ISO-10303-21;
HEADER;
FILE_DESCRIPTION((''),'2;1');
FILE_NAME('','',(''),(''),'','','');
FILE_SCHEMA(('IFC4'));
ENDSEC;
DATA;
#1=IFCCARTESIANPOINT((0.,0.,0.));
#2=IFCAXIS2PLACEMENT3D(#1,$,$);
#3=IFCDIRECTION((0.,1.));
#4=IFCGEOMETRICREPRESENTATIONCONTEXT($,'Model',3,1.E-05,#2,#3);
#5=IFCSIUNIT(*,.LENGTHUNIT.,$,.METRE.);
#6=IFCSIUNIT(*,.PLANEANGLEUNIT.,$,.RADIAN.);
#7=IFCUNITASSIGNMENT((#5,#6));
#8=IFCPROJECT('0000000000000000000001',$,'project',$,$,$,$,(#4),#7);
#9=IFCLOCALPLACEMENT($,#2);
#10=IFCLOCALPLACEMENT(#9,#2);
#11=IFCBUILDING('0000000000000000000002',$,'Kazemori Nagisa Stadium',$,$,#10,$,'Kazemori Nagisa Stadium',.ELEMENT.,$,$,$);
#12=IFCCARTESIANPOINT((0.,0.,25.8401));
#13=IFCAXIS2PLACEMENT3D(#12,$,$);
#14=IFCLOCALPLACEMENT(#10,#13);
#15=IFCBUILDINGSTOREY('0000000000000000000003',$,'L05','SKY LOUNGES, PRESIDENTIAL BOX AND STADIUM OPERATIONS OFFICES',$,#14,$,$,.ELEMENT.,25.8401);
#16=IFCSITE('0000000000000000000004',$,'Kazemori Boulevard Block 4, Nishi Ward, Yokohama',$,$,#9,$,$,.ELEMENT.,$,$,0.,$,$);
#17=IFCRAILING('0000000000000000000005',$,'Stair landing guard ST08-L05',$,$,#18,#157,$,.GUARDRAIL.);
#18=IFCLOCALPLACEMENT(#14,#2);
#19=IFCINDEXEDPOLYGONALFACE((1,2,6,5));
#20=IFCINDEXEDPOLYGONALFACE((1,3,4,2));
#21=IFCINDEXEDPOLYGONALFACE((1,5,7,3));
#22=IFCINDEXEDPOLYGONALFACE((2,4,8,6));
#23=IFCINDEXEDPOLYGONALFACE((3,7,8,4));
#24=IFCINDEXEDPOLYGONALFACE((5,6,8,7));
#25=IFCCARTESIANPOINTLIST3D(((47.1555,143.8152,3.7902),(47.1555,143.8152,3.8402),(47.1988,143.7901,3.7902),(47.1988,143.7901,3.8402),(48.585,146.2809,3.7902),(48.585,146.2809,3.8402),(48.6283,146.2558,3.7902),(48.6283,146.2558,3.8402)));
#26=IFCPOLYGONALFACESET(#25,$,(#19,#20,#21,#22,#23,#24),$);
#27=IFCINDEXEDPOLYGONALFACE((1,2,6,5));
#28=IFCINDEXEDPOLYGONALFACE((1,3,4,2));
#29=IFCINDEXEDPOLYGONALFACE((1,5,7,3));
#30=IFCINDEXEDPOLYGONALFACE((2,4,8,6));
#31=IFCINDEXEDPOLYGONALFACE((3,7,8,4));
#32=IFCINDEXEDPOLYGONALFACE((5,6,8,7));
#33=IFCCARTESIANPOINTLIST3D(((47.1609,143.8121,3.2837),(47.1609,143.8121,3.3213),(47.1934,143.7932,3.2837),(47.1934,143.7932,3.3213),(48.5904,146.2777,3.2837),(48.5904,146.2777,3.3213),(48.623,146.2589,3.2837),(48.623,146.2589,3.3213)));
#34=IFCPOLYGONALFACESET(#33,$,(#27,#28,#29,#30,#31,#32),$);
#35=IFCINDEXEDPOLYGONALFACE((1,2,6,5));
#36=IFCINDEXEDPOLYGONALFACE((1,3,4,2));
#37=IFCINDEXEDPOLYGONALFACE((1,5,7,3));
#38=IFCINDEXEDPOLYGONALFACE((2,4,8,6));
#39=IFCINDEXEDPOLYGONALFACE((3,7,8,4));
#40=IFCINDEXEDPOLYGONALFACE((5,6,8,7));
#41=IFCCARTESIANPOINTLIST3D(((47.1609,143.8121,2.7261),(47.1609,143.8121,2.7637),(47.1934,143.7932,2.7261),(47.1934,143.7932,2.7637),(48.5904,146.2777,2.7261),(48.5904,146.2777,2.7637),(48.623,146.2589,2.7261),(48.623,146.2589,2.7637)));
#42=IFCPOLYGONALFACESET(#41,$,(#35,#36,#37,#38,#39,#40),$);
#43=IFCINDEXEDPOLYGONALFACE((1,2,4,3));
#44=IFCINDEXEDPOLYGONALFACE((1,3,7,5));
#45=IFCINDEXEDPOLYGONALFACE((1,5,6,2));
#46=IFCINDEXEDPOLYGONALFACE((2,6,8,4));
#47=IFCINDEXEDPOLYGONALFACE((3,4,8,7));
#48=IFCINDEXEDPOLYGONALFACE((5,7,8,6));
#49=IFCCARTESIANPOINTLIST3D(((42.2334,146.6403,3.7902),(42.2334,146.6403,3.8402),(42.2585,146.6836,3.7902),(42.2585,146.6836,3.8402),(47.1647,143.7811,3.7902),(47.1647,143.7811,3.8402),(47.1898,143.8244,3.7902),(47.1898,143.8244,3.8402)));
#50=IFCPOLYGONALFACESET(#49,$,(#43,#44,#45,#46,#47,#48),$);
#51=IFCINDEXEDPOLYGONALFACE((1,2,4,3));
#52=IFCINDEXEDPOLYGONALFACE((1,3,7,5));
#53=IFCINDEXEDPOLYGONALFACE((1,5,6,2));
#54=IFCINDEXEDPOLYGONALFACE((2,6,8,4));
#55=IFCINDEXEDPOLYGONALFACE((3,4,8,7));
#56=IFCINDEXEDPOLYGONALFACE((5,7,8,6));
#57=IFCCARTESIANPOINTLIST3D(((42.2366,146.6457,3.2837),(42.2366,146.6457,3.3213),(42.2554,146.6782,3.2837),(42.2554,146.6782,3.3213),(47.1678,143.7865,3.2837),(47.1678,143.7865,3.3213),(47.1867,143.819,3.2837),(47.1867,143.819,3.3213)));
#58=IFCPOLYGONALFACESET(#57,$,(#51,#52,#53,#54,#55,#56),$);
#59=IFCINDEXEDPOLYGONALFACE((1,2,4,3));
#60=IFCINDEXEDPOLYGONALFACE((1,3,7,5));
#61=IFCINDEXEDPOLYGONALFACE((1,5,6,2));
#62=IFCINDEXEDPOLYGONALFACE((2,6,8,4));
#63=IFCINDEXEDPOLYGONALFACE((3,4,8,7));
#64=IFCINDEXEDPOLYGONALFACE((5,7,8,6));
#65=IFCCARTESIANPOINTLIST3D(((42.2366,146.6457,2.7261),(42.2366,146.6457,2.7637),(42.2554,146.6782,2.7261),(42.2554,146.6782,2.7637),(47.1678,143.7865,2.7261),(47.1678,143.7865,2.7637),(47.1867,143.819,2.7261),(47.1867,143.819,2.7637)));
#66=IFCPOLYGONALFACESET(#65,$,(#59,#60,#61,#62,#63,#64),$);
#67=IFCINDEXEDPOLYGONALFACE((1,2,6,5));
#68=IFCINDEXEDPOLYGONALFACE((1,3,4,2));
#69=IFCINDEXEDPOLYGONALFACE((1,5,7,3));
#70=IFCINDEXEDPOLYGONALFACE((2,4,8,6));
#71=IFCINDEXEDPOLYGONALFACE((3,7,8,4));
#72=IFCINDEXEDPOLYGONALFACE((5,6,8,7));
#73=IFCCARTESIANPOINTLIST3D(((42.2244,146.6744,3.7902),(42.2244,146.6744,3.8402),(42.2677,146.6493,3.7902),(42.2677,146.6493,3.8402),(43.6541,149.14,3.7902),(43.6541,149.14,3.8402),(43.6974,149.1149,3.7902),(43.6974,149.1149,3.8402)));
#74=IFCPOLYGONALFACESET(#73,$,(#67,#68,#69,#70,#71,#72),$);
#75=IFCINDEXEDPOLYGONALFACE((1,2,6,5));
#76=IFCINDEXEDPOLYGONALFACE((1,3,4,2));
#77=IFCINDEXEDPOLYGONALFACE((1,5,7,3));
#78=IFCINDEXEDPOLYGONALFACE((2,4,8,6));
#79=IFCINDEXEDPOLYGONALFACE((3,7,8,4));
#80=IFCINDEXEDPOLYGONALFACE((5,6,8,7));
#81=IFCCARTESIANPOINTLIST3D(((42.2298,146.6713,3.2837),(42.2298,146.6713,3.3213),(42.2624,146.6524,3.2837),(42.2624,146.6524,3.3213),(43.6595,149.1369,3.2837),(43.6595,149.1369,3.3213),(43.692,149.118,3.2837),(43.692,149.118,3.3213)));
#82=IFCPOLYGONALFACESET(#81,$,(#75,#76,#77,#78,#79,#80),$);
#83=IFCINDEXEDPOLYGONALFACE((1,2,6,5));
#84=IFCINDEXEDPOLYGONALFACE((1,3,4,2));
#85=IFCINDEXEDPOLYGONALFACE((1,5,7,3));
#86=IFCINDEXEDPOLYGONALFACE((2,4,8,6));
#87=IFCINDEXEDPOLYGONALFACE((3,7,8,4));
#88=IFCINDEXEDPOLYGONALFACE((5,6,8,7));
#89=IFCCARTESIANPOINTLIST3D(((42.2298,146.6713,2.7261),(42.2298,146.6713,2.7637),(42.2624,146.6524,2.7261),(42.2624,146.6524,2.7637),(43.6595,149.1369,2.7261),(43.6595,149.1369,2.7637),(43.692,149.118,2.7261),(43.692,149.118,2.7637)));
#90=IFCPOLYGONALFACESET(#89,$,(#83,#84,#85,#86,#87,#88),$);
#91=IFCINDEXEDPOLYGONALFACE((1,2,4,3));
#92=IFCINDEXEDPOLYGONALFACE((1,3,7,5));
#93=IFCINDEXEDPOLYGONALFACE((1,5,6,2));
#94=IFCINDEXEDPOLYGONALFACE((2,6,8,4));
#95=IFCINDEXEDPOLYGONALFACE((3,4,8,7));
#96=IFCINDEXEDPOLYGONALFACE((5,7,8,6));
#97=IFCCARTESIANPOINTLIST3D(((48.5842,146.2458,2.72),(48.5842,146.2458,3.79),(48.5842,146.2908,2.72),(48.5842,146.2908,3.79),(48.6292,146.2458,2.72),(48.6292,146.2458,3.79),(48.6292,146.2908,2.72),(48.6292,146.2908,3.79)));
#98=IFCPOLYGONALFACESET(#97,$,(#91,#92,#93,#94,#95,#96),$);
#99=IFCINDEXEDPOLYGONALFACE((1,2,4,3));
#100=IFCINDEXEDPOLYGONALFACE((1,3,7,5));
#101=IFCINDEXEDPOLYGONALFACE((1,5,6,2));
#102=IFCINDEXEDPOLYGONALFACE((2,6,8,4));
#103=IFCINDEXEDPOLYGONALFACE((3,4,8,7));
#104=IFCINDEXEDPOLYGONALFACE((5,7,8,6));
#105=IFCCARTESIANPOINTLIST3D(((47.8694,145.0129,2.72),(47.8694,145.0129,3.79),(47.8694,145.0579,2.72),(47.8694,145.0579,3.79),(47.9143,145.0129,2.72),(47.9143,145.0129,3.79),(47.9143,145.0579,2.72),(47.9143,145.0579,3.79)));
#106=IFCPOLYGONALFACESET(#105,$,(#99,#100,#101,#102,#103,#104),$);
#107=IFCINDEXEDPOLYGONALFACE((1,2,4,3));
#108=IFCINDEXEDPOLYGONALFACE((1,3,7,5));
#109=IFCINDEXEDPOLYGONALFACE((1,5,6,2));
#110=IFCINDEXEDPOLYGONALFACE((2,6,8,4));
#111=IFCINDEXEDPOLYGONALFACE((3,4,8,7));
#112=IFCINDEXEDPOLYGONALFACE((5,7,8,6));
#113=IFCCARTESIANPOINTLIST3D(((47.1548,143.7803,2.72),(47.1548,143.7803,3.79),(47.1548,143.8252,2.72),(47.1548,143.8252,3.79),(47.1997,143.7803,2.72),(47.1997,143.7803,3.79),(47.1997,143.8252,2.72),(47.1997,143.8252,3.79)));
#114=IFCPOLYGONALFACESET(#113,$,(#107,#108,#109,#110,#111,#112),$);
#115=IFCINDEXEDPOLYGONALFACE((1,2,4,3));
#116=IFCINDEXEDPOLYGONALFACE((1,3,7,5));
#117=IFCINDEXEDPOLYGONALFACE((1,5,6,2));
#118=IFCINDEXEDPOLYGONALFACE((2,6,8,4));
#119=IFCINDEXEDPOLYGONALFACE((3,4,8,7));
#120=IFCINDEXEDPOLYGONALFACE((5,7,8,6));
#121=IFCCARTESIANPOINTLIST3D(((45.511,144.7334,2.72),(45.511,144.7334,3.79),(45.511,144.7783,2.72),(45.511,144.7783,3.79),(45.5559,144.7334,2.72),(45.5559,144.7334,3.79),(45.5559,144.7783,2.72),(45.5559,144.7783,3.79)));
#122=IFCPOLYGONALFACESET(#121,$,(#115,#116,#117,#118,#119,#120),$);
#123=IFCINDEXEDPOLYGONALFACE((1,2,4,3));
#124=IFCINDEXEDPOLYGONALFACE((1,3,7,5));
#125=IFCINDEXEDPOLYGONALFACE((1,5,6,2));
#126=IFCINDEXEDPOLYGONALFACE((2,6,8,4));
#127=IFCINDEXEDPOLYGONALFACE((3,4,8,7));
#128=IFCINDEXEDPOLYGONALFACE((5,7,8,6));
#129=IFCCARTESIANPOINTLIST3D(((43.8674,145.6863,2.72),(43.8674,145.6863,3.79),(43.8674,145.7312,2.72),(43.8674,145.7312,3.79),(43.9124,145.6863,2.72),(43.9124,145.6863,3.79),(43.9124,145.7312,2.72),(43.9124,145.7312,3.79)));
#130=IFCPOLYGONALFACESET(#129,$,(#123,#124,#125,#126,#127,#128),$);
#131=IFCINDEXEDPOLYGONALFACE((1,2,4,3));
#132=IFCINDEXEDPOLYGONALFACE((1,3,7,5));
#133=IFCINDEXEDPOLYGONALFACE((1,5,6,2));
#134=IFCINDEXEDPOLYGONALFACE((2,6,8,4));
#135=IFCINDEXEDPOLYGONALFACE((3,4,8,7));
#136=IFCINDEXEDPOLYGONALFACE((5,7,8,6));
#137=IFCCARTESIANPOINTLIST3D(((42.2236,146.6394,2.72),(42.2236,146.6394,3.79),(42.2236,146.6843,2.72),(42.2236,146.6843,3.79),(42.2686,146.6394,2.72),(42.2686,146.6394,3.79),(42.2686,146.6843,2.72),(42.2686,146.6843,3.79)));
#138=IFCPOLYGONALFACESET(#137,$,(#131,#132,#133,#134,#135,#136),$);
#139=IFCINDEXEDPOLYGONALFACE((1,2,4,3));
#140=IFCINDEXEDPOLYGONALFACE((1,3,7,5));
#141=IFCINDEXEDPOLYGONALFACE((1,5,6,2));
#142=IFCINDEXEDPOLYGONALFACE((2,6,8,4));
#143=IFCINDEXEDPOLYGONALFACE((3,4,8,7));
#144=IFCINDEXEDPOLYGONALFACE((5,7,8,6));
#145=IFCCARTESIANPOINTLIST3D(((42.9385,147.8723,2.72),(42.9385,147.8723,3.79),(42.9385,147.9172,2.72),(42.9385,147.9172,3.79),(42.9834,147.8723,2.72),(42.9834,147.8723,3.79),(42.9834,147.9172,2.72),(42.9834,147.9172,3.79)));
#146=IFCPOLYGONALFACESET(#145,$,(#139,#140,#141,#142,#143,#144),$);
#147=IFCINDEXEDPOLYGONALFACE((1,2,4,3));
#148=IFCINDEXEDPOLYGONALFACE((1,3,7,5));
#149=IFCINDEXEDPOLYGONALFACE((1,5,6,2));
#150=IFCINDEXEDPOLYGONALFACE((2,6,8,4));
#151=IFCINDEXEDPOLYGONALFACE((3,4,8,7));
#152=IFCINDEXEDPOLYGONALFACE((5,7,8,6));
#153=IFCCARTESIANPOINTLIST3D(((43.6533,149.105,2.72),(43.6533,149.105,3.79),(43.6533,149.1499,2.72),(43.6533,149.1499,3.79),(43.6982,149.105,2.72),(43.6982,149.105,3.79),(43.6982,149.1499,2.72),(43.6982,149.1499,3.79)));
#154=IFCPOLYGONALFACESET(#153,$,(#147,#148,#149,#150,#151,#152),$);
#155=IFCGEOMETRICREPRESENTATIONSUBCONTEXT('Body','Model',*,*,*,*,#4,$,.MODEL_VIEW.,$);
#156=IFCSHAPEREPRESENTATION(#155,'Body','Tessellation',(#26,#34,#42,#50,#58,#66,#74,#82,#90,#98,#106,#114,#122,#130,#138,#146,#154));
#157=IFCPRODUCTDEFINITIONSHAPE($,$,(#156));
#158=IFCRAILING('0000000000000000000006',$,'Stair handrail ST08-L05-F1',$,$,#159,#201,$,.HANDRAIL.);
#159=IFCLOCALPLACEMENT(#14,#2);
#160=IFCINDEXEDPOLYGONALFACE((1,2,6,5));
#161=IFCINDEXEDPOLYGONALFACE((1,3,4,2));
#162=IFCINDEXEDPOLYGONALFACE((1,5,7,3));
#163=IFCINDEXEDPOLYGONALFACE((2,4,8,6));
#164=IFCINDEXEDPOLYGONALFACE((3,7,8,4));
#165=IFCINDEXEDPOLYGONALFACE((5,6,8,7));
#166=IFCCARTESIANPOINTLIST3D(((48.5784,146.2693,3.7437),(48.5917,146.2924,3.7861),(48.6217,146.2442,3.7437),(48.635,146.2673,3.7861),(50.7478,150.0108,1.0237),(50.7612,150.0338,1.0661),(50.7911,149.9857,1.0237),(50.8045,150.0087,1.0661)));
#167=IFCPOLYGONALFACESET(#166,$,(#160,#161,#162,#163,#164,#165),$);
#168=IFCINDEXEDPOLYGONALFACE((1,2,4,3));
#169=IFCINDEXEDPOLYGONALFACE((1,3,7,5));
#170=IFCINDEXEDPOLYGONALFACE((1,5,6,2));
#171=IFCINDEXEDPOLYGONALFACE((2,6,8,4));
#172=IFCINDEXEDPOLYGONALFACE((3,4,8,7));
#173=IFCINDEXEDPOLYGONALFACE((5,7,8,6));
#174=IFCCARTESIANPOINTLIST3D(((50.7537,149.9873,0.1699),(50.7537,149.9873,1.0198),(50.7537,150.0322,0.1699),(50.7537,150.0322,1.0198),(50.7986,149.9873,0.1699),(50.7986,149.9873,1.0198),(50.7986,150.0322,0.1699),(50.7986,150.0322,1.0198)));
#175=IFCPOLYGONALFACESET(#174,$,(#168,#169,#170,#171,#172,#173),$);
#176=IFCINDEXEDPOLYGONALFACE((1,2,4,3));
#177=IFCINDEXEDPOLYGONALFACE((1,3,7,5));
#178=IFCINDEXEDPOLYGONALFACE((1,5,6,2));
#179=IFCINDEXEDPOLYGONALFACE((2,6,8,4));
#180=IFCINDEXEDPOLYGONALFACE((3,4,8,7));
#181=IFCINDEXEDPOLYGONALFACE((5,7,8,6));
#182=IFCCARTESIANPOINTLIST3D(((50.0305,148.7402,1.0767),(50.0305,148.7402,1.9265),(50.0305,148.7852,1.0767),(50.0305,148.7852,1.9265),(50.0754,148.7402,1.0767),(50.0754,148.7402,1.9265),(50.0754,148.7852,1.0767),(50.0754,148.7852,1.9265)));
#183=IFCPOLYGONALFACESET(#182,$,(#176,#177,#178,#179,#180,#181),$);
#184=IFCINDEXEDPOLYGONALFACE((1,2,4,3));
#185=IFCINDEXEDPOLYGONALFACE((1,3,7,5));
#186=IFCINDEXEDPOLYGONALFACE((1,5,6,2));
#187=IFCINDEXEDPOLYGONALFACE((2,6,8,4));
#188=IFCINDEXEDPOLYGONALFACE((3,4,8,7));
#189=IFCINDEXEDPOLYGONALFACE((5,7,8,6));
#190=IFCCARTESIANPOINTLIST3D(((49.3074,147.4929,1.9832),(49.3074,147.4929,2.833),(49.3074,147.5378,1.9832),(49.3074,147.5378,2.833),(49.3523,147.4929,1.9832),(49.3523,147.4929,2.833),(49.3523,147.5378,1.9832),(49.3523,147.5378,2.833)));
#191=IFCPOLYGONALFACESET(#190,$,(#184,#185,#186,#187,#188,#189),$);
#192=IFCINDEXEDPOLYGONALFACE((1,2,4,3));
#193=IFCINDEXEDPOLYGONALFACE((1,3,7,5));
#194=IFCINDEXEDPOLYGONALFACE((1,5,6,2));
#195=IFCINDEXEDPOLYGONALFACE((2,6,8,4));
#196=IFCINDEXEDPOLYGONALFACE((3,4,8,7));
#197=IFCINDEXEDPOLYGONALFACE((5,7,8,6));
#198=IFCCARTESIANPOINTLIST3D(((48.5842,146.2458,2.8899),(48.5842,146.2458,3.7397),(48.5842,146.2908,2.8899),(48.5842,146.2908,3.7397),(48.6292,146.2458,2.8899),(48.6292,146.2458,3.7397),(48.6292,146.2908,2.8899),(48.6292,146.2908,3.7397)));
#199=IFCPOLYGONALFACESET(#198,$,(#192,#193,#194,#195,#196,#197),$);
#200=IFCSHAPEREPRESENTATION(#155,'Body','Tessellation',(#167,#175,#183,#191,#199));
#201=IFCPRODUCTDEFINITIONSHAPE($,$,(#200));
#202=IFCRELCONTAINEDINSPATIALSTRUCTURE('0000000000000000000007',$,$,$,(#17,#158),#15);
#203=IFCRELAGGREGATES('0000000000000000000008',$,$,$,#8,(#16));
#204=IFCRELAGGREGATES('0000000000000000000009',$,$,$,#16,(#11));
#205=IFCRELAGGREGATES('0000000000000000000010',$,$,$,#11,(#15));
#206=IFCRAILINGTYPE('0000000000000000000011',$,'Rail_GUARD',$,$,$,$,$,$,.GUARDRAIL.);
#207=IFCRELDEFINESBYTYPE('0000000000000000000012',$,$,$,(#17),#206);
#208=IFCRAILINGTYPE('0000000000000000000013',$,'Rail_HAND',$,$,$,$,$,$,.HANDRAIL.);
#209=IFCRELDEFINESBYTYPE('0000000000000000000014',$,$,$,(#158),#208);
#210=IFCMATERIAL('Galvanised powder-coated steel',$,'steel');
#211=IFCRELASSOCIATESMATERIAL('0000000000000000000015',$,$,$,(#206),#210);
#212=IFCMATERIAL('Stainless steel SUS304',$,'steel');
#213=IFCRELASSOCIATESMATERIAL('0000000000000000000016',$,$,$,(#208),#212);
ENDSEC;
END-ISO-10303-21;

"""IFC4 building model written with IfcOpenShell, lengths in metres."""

from ifc_helpers import new_model, si_unit, direction, frame, origin, origin_2d, place, context, subcontext, project, spatial, rectangle, extrude, material, type_object, element, save


model = new_model("IFC4")

# Units and contexts
model_context = context("Model", 3, precision=1e-05, world=origin(), true_north=direction((0.0, 1.0)))
body_context = subcontext(model_context, "Body", "Model", "MODEL_VIEW")
ifc_project = project(units=[si_unit("LENGTHUNIT", "METRE"), si_unit("PLANEANGLEUNIT", "RADIAN")], contexts=[model_context])

# Site, building, storey
site_placement = place(None, origin())
site = spatial("IfcSite", under=ifc_project, at=site_placement, Name="Kazemori Boulevard Block 4, Nishi Ward, Yokohama", CompositionType="ELEMENT", RefElevation=0.0)
building_placement = place(site_placement, origin())
building = spatial("IfcBuilding", under=site, at=building_placement, Name="Kazemori Nagisa Stadium", LongName="Kazemori Nagisa Stadium", CompositionType="ELEMENT")
storey_placement = place(building_placement, frame((0.0, 0.0, 25.8401)))
storey = spatial("IfcBuildingStorey", under=building, at=storey_placement, Name="L05", Description="SKY LOUNGES, PRESIDENTIAL BOX AND STADIUM OPERATIONS OFFICES", CompositionType="ELEMENT", Elevation=25.8401)

# Railings
ifc_material_1 = material(Name="Galvanised powder-coated steel", Category="steel")
railing_type_1 = type_object("IfcRailingType", Name="Rail_GUARD", PredefinedType="GUARDRAIL", material=ifc_material_1)
railing_1_placement = place(storey_placement, frame((48.6067, 146.2683, 2.72)))
element("IfcRailing", 1, at=railing_1_placement, inside=storey, type_object=railing_type_1, Name="Stair landing guard ST08-L05", PredefinedType="GUARDRAIL", context=body_context, shape_type="SweptSolid", body=[
    extrude(rectangle(XDim=0.05, YDim=0.05, at=origin_2d()), frame((0.0, 0.0, 1.0952), z_axis=(-0.501563, -0.865121, 0.0), x_axis=(0.865121, -0.501563, 0.0)), (0.0, 0.0, 1.0), 2.8501),
    extrude(rectangle(XDim=0.0376, YDim=0.0376, at=origin_2d()), frame((0.0, 0.0, 0.5825), z_axis=(-0.501563, -0.865121, 0.0), x_axis=(0.865121, -0.501563, 0.0)), (0.0, 0.0, 1.0), 2.8501),
    extrude(rectangle(XDim=0.0376, YDim=0.0376, at=origin_2d()), frame((0.0, 0.0, 0.0249), z_axis=(-0.501563, -0.865121, 0.0), x_axis=(0.865121, -0.501563, 0.0)), (0.0, 0.0, 1.0), 2.8501),
    extrude(rectangle(XDim=0.05, YDim=0.05, at=origin_2d()), frame((-1.4294, -2.4656, 1.0952), z_axis=(-0.865103, 0.501595, 0.0), x_axis=(-0.501595, -0.865103, 0.0)), (0.0, 0.0, 1.0), 5.7002),
    extrude(rectangle(XDim=0.0376, YDim=0.0376, at=origin_2d()), frame((-1.4294, -2.4656, 0.5825), z_axis=(-0.865103, 0.501595, 0.0), x_axis=(-0.501595, -0.865103, 0.0)), (0.0, 0.0, 1.0), 5.7002),
    extrude(rectangle(XDim=0.0376, YDim=0.0376, at=origin_2d()), frame((-1.4294, -2.4656, 0.0249), z_axis=(-0.865103, 0.501595, 0.0), x_axis=(-0.501595, -0.865103, 0.0)), (0.0, 0.0, 1.0), 5.7002),
    extrude(rectangle(XDim=0.05, YDim=0.05, at=origin_2d()), frame((-6.3606, 0.3936, 1.0952), z_axis=(0.501627, 0.865084, 0.0), x_axis=(-0.865084, 0.501627, 0.0)), (0.0, 0.0, 1.0), 2.8501),
    extrude(rectangle(XDim=0.0376, YDim=0.0376, at=origin_2d()), frame((-6.3606, 0.3936, 0.5825), z_axis=(0.501627, 0.865084, 0.0), x_axis=(-0.865084, 0.501627, 0.0)), (0.0, 0.0, 1.0), 2.8501),
    extrude(rectangle(XDim=0.0376, YDim=0.0376, at=origin_2d()), frame((-6.3606, 0.3936, 0.0249), z_axis=(0.501627, 0.865084, 0.0), x_axis=(-0.865084, 0.501627, 0.0)), (0.0, 0.0, 1.0), 2.8501),
    extrude(rectangle(XDim=0.0449, YDim=0.0449, at=origin_2d()), origin(), (0.0, 0.0, 1.0), 1.0701),
    extrude(rectangle(XDim=0.0449, YDim=0.0449, at=origin_2d()), frame((-0.7148, -1.2329, 0.0)), (0.0, 0.0, 1.0), 1.0701),
    extrude(rectangle(XDim=0.0449, YDim=0.0449, at=origin_2d()), frame((-1.4294, -2.4656, 0.0)), (0.0, 0.0, 1.0), 1.0701),
    extrude(rectangle(XDim=0.0449, YDim=0.0449, at=origin_2d()), frame((-3.0732, -1.5125, 0.0)), (0.0, 0.0, 1.0), 1.0701),
    extrude(rectangle(XDim=0.0449, YDim=0.0449, at=origin_2d()), frame((-4.7168, -0.5596, 0.0)), (0.0, 0.0, 1.0), 1.0701),
    extrude(rectangle(XDim=0.0449, YDim=0.0449, at=origin_2d()), frame((-6.3606, 0.3936, 0.0)), (0.0, 0.0, 1.0), 1.0701),
    extrude(rectangle(XDim=0.0449, YDim=0.0449, at=origin_2d()), frame((-5.6458, 1.6265, 0.0)), (0.0, 0.0, 1.0), 1.0701),
    extrude(rectangle(XDim=0.0449, YDim=0.0449, at=origin_2d()), frame((-4.9309, 2.8591, 0.0)), (0.0, 0.0, 1.0), 1.0701),
])
ifc_material_2 = material(Name="Stainless steel SUS304", Category="steel")
railing_type_2 = type_object("IfcRailingType", Name="Rail_HAND", PredefinedType="HANDRAIL", material=ifc_material_2)
railing_2_placement = place(storey_placement, frame((50.7761, 150.0098, 0.1699)))
element("IfcRailing", 2, at=railing_2_placement, inside=storey, type_object=railing_type_2, Name="Stair handrail ST08-L05-F1", PredefinedType="HANDRAIL", context=body_context, shape_type="SweptSolid", body=[
    extrude(rectangle(XDim=0.05, YDim=0.05, at=origin_2d()), frame((0.0, 0.0, 0.875), z_axis=(-0.424619, -0.732308, 0.532375), x_axis=(0.865092, -0.501612, 0.0)), (0.0, 0.0, 1.0), 5.1091),
    extrude(rectangle(XDim=0.0449, YDim=0.0449, at=origin_2d()), origin(), (0.0, 0.0, 1.0), 0.8499),
    extrude(rectangle(XDim=0.0449, YDim=0.0449, at=origin_2d()), frame((-0.7231, -1.2471, 0.9067)), (0.0, 0.0, 1.0), 0.8499),
    extrude(rectangle(XDim=0.0449, YDim=0.0449, at=origin_2d()), frame((-1.4463, -2.4944, 1.8132)), (0.0, 0.0, 1.0), 0.8499),
    extrude(rectangle(XDim=0.0449, YDim=0.0449, at=origin_2d()), frame((-2.1694, -3.7415, 2.72)), (0.0, 0.0, 1.0), 0.8499),
])

save(model, "model.ifc")
